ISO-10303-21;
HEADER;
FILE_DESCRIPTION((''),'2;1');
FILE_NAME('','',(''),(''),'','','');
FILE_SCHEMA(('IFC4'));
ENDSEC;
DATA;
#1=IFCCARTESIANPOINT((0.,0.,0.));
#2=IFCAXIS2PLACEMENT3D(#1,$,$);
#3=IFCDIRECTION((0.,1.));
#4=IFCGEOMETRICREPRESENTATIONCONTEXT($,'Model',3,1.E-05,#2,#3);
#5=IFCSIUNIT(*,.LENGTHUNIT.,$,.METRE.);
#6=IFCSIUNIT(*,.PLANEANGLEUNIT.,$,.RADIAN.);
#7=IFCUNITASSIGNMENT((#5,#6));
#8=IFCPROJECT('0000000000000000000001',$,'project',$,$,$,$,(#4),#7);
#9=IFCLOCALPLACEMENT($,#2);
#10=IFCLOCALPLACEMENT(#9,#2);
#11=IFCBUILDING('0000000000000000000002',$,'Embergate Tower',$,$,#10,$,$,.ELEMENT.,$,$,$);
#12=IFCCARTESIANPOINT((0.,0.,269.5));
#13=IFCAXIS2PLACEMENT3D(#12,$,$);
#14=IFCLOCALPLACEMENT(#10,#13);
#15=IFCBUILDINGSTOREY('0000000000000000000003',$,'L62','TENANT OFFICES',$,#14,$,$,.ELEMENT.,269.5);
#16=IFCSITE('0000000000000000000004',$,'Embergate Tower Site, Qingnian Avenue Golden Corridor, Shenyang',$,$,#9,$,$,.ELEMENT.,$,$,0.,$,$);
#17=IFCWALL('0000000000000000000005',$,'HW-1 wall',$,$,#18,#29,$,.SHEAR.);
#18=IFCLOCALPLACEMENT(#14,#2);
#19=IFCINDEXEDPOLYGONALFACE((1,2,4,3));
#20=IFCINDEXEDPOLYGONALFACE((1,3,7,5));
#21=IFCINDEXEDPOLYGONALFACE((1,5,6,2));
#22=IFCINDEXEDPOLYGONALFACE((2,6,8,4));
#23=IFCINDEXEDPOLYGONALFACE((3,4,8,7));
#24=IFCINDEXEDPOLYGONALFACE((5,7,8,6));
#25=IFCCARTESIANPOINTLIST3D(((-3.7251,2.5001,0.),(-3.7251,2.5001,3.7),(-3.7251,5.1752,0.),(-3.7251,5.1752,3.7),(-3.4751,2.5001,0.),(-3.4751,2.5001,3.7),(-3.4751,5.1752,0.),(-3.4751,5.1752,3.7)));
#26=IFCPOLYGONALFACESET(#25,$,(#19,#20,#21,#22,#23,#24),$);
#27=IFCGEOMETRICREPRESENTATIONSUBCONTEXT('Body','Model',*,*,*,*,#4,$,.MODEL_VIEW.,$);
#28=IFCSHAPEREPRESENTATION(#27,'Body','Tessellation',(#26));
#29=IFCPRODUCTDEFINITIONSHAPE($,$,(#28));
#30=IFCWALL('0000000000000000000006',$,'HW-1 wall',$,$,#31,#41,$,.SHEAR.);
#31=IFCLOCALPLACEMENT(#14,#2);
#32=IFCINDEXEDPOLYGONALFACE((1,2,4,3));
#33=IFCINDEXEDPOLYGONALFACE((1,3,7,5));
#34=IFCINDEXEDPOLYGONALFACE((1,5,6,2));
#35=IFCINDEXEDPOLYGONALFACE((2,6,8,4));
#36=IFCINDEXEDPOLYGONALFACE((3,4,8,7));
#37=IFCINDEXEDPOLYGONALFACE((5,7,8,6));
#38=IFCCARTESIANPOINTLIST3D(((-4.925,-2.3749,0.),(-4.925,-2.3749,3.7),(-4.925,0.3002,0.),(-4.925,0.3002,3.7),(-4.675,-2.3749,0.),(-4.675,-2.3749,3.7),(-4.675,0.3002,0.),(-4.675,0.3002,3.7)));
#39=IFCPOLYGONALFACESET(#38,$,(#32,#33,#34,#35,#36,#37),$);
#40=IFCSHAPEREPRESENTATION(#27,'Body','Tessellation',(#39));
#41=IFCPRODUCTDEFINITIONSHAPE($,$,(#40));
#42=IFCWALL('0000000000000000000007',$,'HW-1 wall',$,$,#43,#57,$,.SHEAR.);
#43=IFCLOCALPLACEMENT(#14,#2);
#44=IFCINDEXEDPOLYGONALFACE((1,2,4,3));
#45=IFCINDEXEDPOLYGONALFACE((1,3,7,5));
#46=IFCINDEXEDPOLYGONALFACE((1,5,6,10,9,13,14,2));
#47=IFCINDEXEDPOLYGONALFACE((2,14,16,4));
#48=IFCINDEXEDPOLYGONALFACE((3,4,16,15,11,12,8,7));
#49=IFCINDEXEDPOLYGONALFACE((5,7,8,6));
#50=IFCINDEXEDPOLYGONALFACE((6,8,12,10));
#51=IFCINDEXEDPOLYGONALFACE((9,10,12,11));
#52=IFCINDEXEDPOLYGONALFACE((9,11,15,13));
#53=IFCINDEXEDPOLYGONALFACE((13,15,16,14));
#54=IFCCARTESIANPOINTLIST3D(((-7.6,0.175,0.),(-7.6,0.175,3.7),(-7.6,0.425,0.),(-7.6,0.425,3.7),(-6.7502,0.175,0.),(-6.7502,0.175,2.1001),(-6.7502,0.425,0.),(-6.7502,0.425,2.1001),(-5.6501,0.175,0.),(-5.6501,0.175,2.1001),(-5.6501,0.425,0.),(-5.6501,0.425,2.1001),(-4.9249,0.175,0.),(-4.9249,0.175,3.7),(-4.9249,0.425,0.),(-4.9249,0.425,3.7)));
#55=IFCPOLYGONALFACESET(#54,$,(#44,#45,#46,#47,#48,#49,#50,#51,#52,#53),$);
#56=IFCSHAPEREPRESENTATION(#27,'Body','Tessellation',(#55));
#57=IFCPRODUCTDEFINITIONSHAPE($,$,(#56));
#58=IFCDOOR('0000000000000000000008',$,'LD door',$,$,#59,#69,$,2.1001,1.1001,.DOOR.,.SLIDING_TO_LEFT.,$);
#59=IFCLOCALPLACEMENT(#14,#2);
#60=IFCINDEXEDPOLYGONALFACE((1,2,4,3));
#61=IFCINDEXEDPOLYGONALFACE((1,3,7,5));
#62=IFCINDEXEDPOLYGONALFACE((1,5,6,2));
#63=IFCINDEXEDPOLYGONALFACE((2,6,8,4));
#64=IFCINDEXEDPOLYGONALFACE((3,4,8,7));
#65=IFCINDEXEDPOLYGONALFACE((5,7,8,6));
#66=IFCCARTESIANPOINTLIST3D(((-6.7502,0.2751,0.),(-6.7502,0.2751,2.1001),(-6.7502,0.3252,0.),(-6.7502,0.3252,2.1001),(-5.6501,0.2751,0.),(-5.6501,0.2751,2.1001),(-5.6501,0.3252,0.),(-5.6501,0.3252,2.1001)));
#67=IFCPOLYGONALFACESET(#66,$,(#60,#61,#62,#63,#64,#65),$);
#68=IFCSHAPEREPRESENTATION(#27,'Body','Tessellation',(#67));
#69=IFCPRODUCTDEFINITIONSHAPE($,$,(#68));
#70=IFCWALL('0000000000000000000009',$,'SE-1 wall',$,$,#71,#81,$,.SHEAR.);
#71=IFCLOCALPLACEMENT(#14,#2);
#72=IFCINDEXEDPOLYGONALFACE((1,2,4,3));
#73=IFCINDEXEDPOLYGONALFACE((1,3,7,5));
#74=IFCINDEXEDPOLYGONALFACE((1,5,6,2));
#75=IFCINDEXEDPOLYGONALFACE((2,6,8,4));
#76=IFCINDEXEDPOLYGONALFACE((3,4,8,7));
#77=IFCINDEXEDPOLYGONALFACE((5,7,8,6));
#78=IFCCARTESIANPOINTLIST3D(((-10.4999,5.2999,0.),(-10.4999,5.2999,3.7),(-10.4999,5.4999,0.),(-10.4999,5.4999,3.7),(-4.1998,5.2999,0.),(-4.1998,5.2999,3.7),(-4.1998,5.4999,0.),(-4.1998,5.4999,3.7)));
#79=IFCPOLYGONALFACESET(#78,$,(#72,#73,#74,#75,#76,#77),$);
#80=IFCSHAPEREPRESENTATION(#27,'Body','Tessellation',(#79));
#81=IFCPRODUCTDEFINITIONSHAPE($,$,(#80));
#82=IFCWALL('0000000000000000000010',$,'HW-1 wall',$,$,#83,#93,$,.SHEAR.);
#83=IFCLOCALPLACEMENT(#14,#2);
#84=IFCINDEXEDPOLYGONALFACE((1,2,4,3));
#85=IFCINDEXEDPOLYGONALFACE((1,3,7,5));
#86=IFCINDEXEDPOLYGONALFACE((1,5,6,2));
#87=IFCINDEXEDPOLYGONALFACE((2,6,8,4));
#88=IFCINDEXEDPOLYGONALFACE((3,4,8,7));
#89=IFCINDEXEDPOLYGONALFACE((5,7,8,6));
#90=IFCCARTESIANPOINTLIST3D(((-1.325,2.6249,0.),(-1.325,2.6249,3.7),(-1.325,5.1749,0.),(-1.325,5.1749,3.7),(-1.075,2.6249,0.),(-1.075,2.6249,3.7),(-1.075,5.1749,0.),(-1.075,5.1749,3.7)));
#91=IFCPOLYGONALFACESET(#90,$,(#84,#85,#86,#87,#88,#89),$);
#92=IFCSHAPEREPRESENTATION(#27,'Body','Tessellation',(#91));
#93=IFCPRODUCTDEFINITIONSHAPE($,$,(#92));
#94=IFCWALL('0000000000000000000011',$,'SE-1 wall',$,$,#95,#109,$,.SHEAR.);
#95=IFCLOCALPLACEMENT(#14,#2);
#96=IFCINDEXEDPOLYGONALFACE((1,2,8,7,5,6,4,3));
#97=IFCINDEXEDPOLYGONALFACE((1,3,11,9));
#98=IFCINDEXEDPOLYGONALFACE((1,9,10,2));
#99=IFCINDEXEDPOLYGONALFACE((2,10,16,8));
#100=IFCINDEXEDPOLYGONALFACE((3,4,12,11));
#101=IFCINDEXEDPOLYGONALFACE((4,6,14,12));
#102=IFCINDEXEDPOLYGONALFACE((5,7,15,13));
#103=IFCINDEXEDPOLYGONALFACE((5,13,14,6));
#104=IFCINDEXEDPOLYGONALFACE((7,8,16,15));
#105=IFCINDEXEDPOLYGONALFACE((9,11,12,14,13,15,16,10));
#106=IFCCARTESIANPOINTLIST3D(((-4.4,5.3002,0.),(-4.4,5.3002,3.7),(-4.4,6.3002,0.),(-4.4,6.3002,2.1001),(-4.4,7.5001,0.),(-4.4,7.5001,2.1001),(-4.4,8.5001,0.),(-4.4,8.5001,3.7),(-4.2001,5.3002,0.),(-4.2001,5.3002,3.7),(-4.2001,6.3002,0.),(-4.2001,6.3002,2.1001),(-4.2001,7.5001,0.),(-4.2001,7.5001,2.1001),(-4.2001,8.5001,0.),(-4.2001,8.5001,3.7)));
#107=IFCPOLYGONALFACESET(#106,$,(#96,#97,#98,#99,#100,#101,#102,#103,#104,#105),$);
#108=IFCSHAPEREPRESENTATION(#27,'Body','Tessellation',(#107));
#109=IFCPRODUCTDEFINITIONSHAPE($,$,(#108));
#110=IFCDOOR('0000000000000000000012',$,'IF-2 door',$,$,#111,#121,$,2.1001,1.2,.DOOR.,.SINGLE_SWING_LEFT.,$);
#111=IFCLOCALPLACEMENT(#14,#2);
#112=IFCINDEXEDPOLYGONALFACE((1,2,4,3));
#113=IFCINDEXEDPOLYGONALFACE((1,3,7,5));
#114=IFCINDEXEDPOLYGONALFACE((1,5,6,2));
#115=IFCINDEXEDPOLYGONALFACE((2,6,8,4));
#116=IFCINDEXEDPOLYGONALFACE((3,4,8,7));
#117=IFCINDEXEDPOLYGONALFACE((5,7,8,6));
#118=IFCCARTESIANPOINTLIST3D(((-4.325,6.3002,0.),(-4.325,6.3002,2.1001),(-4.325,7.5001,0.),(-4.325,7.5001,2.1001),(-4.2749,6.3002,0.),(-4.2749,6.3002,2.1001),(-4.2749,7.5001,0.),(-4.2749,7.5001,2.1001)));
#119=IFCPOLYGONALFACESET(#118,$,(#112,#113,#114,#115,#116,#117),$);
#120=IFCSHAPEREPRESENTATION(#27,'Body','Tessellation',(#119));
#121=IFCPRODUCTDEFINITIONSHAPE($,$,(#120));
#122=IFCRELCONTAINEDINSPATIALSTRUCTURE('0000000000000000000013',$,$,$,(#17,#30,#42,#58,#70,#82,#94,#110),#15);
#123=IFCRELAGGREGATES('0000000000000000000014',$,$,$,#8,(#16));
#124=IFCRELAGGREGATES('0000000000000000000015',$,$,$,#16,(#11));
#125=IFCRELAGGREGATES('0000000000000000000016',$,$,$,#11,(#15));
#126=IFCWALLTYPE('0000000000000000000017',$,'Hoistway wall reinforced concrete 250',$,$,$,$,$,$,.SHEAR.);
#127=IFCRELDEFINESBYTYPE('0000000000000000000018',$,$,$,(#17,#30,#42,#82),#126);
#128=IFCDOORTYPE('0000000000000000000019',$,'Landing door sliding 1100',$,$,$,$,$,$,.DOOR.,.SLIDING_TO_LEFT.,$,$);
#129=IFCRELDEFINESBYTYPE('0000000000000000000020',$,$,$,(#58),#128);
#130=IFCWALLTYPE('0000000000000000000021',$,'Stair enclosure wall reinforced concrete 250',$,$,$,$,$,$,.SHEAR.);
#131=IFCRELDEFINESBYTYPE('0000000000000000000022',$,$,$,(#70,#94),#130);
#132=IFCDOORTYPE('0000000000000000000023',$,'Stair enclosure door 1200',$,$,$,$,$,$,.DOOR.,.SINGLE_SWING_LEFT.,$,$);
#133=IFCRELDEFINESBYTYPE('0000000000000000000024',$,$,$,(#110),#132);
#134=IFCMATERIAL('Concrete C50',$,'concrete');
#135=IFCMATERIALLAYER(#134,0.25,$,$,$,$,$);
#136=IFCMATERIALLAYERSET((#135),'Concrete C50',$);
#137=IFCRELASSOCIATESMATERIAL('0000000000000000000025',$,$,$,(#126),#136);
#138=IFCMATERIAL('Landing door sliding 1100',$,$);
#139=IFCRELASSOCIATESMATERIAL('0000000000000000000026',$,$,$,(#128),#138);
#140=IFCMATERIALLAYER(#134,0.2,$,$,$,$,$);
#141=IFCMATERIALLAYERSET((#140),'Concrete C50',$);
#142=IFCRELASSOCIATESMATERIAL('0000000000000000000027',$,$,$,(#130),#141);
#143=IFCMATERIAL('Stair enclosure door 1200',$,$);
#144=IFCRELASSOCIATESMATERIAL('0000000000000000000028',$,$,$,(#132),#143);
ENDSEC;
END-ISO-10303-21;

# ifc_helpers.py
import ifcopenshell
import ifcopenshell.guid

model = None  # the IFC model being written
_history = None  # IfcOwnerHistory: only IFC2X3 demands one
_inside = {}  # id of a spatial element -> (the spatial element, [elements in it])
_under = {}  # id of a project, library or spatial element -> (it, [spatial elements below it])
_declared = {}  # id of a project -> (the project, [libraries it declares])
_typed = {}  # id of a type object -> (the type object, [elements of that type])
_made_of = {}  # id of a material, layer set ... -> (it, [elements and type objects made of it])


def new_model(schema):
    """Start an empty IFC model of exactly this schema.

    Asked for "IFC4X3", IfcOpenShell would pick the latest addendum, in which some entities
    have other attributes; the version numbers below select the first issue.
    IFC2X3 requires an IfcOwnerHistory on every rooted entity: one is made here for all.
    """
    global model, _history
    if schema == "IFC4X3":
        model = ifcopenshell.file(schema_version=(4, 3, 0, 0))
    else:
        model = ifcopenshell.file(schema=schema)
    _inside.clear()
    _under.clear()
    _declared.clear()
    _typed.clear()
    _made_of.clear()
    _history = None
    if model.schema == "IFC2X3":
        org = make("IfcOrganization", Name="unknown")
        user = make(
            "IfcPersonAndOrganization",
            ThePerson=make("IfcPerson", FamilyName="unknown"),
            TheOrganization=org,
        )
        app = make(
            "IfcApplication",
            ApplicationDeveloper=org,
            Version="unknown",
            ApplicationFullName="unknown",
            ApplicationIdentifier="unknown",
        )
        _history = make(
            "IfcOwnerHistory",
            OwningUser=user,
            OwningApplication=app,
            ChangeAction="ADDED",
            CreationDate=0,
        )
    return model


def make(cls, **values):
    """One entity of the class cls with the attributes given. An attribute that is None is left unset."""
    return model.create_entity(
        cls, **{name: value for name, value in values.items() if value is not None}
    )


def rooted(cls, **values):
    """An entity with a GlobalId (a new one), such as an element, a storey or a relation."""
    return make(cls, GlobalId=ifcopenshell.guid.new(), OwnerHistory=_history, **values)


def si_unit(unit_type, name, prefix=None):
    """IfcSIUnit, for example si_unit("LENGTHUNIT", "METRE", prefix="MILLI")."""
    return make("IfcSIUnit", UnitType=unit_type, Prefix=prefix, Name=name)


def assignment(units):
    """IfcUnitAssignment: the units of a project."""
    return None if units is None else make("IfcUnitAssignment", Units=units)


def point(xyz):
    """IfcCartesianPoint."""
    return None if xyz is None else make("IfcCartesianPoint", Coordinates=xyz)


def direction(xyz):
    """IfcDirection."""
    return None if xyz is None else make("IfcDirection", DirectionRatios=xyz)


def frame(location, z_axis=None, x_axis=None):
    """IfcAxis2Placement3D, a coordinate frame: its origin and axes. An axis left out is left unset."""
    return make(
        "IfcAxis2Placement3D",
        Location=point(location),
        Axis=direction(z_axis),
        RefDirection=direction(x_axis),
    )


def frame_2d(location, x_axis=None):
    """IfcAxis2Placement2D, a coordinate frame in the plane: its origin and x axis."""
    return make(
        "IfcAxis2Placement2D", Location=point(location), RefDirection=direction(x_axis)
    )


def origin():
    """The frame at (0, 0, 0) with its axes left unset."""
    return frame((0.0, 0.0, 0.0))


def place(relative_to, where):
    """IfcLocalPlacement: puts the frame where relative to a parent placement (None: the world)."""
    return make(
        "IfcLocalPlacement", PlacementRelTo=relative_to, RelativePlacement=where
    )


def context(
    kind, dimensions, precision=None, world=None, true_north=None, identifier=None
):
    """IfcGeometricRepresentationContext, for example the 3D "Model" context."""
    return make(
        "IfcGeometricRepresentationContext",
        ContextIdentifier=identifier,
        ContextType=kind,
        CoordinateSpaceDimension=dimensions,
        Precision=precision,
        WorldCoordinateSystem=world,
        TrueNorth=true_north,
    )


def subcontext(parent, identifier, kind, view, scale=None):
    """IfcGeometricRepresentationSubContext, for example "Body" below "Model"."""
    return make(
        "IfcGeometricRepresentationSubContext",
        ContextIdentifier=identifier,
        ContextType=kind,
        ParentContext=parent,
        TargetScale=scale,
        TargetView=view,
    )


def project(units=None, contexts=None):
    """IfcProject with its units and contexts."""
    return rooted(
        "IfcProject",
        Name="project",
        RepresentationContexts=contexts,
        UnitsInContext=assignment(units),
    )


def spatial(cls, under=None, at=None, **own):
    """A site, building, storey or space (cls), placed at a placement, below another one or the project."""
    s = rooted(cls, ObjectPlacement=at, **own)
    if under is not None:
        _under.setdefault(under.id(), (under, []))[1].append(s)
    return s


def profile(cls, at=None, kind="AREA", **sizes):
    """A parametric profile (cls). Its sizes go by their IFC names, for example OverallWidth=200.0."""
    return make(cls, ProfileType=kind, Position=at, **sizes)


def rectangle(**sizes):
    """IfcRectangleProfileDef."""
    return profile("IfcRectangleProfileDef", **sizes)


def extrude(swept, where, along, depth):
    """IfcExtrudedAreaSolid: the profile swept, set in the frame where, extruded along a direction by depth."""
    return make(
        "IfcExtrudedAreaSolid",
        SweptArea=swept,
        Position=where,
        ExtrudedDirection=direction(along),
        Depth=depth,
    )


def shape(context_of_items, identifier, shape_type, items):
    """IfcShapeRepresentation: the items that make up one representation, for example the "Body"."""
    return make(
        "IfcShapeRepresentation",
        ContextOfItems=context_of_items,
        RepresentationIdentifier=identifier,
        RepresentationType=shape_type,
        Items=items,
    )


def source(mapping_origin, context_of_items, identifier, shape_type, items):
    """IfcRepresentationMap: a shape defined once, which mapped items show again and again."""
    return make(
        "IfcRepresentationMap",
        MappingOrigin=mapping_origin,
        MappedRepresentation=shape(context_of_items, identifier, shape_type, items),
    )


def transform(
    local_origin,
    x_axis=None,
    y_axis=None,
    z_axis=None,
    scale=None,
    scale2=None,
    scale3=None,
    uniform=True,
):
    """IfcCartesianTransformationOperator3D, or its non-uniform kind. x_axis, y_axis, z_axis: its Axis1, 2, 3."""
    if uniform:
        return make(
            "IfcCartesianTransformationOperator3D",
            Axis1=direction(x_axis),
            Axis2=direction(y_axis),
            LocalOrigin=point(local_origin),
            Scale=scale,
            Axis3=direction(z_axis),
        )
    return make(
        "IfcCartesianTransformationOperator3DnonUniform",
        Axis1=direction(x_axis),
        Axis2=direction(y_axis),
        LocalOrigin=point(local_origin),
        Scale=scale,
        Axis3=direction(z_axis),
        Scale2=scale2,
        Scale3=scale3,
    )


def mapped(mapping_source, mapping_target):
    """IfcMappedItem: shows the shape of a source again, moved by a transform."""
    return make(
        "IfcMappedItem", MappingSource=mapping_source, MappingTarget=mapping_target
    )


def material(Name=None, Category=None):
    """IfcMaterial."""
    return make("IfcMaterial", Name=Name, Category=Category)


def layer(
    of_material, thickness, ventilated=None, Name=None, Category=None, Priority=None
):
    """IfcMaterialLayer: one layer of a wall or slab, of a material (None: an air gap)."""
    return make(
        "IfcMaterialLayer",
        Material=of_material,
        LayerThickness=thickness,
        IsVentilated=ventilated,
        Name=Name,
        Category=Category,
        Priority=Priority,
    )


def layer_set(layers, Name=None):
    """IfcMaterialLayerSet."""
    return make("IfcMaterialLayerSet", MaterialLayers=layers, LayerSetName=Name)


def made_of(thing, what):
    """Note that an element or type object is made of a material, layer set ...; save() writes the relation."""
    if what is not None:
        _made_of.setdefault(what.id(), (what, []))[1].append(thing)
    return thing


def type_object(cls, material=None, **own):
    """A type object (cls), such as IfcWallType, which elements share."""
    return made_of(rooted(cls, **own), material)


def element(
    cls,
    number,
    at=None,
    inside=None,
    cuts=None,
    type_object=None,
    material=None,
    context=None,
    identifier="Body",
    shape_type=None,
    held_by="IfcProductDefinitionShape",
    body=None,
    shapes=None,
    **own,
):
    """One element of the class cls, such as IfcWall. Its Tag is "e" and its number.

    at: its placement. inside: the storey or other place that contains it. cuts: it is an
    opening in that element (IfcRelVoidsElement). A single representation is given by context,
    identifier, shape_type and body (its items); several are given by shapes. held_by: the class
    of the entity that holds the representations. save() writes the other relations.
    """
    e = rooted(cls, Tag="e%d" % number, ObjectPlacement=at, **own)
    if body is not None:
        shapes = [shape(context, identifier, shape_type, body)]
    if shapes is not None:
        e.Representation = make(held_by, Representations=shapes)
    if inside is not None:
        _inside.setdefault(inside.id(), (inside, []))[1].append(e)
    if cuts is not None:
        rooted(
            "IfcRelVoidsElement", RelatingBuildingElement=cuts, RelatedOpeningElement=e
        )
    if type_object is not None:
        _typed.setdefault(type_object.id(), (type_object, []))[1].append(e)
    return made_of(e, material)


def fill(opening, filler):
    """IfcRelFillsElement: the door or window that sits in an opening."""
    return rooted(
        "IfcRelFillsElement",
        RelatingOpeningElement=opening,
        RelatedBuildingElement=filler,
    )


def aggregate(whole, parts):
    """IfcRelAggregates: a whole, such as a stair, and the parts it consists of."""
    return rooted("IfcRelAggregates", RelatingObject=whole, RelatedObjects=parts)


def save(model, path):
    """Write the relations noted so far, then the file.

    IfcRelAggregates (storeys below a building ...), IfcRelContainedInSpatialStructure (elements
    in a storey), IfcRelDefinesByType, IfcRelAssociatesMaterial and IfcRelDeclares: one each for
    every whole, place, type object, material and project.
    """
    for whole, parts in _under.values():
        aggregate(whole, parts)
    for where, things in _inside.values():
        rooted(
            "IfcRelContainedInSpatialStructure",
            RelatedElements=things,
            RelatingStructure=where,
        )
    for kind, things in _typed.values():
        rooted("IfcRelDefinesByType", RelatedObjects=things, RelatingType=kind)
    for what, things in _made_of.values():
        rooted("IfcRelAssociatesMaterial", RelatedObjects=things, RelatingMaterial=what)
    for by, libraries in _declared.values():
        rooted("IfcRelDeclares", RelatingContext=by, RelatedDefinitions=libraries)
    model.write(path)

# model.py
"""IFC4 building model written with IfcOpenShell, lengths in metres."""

from ifc_helpers import new_model, si_unit, direction, frame, frame_2d, origin, place, context, subcontext, project, spatial, rectangle, extrude, source, transform, mapped, material, layer, layer_set, type_object, element, fill, save


model = new_model("IFC4")

# Units and contexts
model_context = context("Model", 3, precision=1e-05, world=origin(), true_north=direction((0.0, 1.0)))
body_context = subcontext(model_context, "Body", "Model", "MODEL_VIEW")
ifc_project = project(units=[si_unit("LENGTHUNIT", "METRE"), si_unit("PLANEANGLEUNIT", "RADIAN")], contexts=[model_context])

# Site, building, storey
site_placement = place(None, origin())
site = spatial("IfcSite", under=ifc_project, at=site_placement, Name="Embergate Tower Site, Qingnian Avenue Golden Corridor, Shenyang", CompositionType="ELEMENT", RefElevation=0.0)
building_placement = place(site_placement, origin())
building = spatial("IfcBuilding", under=site, at=building_placement, Name="Embergate Tower", CompositionType="ELEMENT")
storey_placement = place(building_placement, frame((0.0, 0.0, 269.5)))
storey = spatial("IfcBuildingStorey", under=building, at=storey_placement, Name="L62", Description="TENANT OFFICES", CompositionType="ELEMENT", Elevation=269.5)

# Walls
ifc_material_1 = material(Name="Concrete C50", Category="concrete")
ifc_layer_1 = layer(ifc_material_1, 0.25)
ifc_layer_set_1 = layer_set([ifc_layer_1], Name="Concrete C50")
wall_type_1 = type_object("IfcWallType", Name="Hoistway wall reinforced concrete 250", PredefinedType="SHEAR", material=ifc_layer_set_1)
shared_shape_1 = source(origin(), body_context, "Body", "SweptSolid", [
    extrude(rectangle(XDim=2.675, YDim=0.25, at=frame_2d((1.3374, 0.0))), origin(), (0.0, 0.0, 1.0), 3.7),
])
for number, where, z_axis, x_axis, name in (
    (1, (-3.6001, 5.175, 0.0), (0.0, 0.0, 1.0), (0.0, -1.0, 0.0), "HW-1 wall"),
    (2, (-4.8, 0.3, 0.0), (0.0, 0.0, 1.0), (0.0, -1.0, 0.0), "HW-1 wall"),
):
    element("IfcWall", number, at=place(storey_placement, frame(where, z_axis=z_axis, x_axis=x_axis)), inside=storey, type_object=wall_type_1, Name=name, PredefinedType="SHEAR", context=body_context, shape_type="MappedRepresentation", body=[
        mapped(shared_shape_1, transform((0.0, 0.0, 0.0))),
    ])

# Wall, opening, door
wall_1_placement = place(storey_placement, frame((-4.925, 0.3, 0.0), z_axis=(0.0, 0.0, 1.0), x_axis=(-1.0, 0.0, 0.0)))
wall_1 = element("IfcWall", 3, at=wall_1_placement, inside=storey, type_object=wall_type_1, Name="HW-1 wall", PredefinedType="SHEAR", context=body_context, shape_type="MappedRepresentation", body=[
    mapped(shared_shape_1, transform((0.0, 0.0, 0.0))),
])
shared_shape_2 = source(origin(), body_context, "Body", "SweptSolid", [
    extrude(rectangle(XDim=1.1001, YDim=2.1001, at=frame_2d((0.55, 1.05))), frame((0.0, 0.135, 0.0), z_axis=(0.0, -1.0, 0.0), x_axis=(1.0, 0.0, 0.0)), (0.0, 0.0, 1.0), 0.27),
])
opening_1_placement = place(wall_1_placement, frame((0.7251, 0.0, 0.0)))
opening_1 = element("IfcOpeningElement", 4, at=opening_1_placement, cuts=wall_1, PredefinedType="OPENING", context=body_context, shape_type="MappedRepresentation", body=[
    mapped(shared_shape_2, transform((0.0, 0.0, 0.0))),
])
ifc_material_2 = material(Name="Landing door sliding 1100")
door_type_1 = type_object("IfcDoorType", Name="Landing door sliding 1100", OperationType="SLIDING_TO_LEFT", PredefinedType="DOOR", material=ifc_material_2)
shared_shape_3 = source(origin(), body_context, "Body", "SweptSolid", [
    extrude(rectangle(XDim=1.1001, YDim=2.1001, at=frame_2d((0.55, 1.05))), frame((0.0, 0.0249, 0.0), z_axis=(0.0, -1.0, 0.0), x_axis=(1.0, 0.0, 0.0)), (0.0, 0.0, 1.0), 0.05),
])
door_1_placement = place(opening_1_placement, origin())
door_1 = element("IfcDoor", 5, at=door_1_placement, inside=storey, type_object=door_type_1, Name="LD door", OperationType="SLIDING_TO_LEFT", OverallHeight=2.1001, OverallWidth=1.1001, PredefinedType="DOOR", context=body_context, shape_type="MappedRepresentation", body=[
    mapped(shared_shape_3, transform((0.0, 0.0, 0.0))),
])
fill(opening_1, door_1)

# Walls
ifc_layer_2 = layer(ifc_material_1, 0.2)
ifc_layer_set_2 = layer_set([ifc_layer_2], Name="Concrete C50")
wall_type_2 = type_object("IfcWallType", Name="Stair enclosure wall reinforced concrete 250", PredefinedType="SHEAR", material=ifc_layer_set_2)
shared_shape_4 = source(origin(), body_context, "Body", "SweptSolid", [
    extrude(rectangle(XDim=6.3, YDim=0.2, at=frame_2d((3.1499, 0.0))), origin(), (0.0, 0.0, 1.0), 3.7),
])
wall_2_placement = place(storey_placement, frame((-4.2, 5.3999, 0.0), z_axis=(0.0, 0.0, 1.0), x_axis=(-1.0, 0.0, 0.0)))
element("IfcWall", 6, at=wall_2_placement, inside=storey, type_object=wall_type_2, Name="SE-1 wall", PredefinedType="SHEAR", context=body_context, shape_type="MappedRepresentation", body=[
    mapped(shared_shape_4, transform((0.0, 0.0, 0.0))),
])
shared_shape_5 = source(origin(), body_context, "Body", "SweptSolid", [
    extrude(rectangle(XDim=2.55, YDim=0.25, at=frame_2d((1.2749, 0.0))), origin(), (0.0, 0.0, 1.0), 3.7),
])
wall_3_placement = place(storey_placement, frame((-1.2, 2.625, 0.0), z_axis=(0.0, 0.0, 1.0), x_axis=(0.0, 1.0, 0.0)))
element("IfcWall", 7, at=wall_3_placement, inside=storey, type_object=wall_type_1, Name="HW-1 wall", PredefinedType="SHEAR", context=body_context, shape_type="MappedRepresentation", body=[
    mapped(shared_shape_5, transform((0.0, 0.0, 0.0))),
])

# Wall, opening, door
shared_shape_6 = source(origin(), body_context, "Body", "SweptSolid", [
    extrude(rectangle(XDim=3.2, YDim=0.2, at=frame_2d((1.6001, 0.0))), origin(), (0.0, 0.0, 1.0), 3.7),
])
wall_4_placement = place(storey_placement, frame((-4.3, 5.3, 0.0), z_axis=(0.0, 0.0, 1.0), x_axis=(0.0, 1.0, 0.0)))
wall_4 = element("IfcWall", 8, at=wall_4_placement, inside=storey, type_object=wall_type_2, Name="SE-1 wall", PredefinedType="SHEAR", context=body_context, shape_type="MappedRepresentation", body=[
    mapped(shared_shape_6, transform((0.0, 0.0, 0.0))),
])
shared_shape_7 = source(origin(), body_context, "Body", "SweptSolid", [
    extrude(rectangle(XDim=1.2, YDim=2.1001, at=frame_2d((0.6001, 1.05))), frame((0.0, 0.1099, 0.0), z_axis=(0.0, -1.0, 0.0), x_axis=(1.0, 0.0, 0.0)), (0.0, 0.0, 1.0), 0.22),
])
opening_2_placement = place(wall_4_placement, frame((1.0, 0.0, 0.0)))
opening_2 = element("IfcOpeningElement", 9, at=opening_2_placement, cuts=wall_4, PredefinedType="OPENING", context=body_context, shape_type="MappedRepresentation", body=[
    mapped(shared_shape_7, transform((0.0, 0.0, 0.0))),
])
ifc_material_3 = material(Name="Stair enclosure door 1200")
door_type_2 = type_object("IfcDoorType", Name="Stair enclosure door 1200", OperationType="SINGLE_SWING_LEFT", PredefinedType="DOOR", material=ifc_material_3)
shared_shape_8 = source(origin(), body_context, "Body", "SweptSolid", [
    extrude(rectangle(XDim=1.2, YDim=2.1001, at=frame_2d((0.6001, 1.05))), frame((0.0, 0.0249, 0.0), z_axis=(0.0, -1.0, 0.0), x_axis=(1.0, 0.0, 0.0)), (0.0, 0.0, 1.0), 0.05),
])
door_2_placement = place(opening_2_placement, origin())
door_2 = element("IfcDoor", 10, at=door_2_placement, inside=storey, type_object=door_type_2, Name="IF-2 door", OperationType="SINGLE_SWING_LEFT", OverallHeight=2.1001, OverallWidth=1.2, PredefinedType="DOOR", context=body_context, shape_type="MappedRepresentation", body=[
    mapped(shared_shape_8, transform((0.0, 0.0, 0.0))),
])
fill(opening_2, door_2)

save(model, "model.ifc")
